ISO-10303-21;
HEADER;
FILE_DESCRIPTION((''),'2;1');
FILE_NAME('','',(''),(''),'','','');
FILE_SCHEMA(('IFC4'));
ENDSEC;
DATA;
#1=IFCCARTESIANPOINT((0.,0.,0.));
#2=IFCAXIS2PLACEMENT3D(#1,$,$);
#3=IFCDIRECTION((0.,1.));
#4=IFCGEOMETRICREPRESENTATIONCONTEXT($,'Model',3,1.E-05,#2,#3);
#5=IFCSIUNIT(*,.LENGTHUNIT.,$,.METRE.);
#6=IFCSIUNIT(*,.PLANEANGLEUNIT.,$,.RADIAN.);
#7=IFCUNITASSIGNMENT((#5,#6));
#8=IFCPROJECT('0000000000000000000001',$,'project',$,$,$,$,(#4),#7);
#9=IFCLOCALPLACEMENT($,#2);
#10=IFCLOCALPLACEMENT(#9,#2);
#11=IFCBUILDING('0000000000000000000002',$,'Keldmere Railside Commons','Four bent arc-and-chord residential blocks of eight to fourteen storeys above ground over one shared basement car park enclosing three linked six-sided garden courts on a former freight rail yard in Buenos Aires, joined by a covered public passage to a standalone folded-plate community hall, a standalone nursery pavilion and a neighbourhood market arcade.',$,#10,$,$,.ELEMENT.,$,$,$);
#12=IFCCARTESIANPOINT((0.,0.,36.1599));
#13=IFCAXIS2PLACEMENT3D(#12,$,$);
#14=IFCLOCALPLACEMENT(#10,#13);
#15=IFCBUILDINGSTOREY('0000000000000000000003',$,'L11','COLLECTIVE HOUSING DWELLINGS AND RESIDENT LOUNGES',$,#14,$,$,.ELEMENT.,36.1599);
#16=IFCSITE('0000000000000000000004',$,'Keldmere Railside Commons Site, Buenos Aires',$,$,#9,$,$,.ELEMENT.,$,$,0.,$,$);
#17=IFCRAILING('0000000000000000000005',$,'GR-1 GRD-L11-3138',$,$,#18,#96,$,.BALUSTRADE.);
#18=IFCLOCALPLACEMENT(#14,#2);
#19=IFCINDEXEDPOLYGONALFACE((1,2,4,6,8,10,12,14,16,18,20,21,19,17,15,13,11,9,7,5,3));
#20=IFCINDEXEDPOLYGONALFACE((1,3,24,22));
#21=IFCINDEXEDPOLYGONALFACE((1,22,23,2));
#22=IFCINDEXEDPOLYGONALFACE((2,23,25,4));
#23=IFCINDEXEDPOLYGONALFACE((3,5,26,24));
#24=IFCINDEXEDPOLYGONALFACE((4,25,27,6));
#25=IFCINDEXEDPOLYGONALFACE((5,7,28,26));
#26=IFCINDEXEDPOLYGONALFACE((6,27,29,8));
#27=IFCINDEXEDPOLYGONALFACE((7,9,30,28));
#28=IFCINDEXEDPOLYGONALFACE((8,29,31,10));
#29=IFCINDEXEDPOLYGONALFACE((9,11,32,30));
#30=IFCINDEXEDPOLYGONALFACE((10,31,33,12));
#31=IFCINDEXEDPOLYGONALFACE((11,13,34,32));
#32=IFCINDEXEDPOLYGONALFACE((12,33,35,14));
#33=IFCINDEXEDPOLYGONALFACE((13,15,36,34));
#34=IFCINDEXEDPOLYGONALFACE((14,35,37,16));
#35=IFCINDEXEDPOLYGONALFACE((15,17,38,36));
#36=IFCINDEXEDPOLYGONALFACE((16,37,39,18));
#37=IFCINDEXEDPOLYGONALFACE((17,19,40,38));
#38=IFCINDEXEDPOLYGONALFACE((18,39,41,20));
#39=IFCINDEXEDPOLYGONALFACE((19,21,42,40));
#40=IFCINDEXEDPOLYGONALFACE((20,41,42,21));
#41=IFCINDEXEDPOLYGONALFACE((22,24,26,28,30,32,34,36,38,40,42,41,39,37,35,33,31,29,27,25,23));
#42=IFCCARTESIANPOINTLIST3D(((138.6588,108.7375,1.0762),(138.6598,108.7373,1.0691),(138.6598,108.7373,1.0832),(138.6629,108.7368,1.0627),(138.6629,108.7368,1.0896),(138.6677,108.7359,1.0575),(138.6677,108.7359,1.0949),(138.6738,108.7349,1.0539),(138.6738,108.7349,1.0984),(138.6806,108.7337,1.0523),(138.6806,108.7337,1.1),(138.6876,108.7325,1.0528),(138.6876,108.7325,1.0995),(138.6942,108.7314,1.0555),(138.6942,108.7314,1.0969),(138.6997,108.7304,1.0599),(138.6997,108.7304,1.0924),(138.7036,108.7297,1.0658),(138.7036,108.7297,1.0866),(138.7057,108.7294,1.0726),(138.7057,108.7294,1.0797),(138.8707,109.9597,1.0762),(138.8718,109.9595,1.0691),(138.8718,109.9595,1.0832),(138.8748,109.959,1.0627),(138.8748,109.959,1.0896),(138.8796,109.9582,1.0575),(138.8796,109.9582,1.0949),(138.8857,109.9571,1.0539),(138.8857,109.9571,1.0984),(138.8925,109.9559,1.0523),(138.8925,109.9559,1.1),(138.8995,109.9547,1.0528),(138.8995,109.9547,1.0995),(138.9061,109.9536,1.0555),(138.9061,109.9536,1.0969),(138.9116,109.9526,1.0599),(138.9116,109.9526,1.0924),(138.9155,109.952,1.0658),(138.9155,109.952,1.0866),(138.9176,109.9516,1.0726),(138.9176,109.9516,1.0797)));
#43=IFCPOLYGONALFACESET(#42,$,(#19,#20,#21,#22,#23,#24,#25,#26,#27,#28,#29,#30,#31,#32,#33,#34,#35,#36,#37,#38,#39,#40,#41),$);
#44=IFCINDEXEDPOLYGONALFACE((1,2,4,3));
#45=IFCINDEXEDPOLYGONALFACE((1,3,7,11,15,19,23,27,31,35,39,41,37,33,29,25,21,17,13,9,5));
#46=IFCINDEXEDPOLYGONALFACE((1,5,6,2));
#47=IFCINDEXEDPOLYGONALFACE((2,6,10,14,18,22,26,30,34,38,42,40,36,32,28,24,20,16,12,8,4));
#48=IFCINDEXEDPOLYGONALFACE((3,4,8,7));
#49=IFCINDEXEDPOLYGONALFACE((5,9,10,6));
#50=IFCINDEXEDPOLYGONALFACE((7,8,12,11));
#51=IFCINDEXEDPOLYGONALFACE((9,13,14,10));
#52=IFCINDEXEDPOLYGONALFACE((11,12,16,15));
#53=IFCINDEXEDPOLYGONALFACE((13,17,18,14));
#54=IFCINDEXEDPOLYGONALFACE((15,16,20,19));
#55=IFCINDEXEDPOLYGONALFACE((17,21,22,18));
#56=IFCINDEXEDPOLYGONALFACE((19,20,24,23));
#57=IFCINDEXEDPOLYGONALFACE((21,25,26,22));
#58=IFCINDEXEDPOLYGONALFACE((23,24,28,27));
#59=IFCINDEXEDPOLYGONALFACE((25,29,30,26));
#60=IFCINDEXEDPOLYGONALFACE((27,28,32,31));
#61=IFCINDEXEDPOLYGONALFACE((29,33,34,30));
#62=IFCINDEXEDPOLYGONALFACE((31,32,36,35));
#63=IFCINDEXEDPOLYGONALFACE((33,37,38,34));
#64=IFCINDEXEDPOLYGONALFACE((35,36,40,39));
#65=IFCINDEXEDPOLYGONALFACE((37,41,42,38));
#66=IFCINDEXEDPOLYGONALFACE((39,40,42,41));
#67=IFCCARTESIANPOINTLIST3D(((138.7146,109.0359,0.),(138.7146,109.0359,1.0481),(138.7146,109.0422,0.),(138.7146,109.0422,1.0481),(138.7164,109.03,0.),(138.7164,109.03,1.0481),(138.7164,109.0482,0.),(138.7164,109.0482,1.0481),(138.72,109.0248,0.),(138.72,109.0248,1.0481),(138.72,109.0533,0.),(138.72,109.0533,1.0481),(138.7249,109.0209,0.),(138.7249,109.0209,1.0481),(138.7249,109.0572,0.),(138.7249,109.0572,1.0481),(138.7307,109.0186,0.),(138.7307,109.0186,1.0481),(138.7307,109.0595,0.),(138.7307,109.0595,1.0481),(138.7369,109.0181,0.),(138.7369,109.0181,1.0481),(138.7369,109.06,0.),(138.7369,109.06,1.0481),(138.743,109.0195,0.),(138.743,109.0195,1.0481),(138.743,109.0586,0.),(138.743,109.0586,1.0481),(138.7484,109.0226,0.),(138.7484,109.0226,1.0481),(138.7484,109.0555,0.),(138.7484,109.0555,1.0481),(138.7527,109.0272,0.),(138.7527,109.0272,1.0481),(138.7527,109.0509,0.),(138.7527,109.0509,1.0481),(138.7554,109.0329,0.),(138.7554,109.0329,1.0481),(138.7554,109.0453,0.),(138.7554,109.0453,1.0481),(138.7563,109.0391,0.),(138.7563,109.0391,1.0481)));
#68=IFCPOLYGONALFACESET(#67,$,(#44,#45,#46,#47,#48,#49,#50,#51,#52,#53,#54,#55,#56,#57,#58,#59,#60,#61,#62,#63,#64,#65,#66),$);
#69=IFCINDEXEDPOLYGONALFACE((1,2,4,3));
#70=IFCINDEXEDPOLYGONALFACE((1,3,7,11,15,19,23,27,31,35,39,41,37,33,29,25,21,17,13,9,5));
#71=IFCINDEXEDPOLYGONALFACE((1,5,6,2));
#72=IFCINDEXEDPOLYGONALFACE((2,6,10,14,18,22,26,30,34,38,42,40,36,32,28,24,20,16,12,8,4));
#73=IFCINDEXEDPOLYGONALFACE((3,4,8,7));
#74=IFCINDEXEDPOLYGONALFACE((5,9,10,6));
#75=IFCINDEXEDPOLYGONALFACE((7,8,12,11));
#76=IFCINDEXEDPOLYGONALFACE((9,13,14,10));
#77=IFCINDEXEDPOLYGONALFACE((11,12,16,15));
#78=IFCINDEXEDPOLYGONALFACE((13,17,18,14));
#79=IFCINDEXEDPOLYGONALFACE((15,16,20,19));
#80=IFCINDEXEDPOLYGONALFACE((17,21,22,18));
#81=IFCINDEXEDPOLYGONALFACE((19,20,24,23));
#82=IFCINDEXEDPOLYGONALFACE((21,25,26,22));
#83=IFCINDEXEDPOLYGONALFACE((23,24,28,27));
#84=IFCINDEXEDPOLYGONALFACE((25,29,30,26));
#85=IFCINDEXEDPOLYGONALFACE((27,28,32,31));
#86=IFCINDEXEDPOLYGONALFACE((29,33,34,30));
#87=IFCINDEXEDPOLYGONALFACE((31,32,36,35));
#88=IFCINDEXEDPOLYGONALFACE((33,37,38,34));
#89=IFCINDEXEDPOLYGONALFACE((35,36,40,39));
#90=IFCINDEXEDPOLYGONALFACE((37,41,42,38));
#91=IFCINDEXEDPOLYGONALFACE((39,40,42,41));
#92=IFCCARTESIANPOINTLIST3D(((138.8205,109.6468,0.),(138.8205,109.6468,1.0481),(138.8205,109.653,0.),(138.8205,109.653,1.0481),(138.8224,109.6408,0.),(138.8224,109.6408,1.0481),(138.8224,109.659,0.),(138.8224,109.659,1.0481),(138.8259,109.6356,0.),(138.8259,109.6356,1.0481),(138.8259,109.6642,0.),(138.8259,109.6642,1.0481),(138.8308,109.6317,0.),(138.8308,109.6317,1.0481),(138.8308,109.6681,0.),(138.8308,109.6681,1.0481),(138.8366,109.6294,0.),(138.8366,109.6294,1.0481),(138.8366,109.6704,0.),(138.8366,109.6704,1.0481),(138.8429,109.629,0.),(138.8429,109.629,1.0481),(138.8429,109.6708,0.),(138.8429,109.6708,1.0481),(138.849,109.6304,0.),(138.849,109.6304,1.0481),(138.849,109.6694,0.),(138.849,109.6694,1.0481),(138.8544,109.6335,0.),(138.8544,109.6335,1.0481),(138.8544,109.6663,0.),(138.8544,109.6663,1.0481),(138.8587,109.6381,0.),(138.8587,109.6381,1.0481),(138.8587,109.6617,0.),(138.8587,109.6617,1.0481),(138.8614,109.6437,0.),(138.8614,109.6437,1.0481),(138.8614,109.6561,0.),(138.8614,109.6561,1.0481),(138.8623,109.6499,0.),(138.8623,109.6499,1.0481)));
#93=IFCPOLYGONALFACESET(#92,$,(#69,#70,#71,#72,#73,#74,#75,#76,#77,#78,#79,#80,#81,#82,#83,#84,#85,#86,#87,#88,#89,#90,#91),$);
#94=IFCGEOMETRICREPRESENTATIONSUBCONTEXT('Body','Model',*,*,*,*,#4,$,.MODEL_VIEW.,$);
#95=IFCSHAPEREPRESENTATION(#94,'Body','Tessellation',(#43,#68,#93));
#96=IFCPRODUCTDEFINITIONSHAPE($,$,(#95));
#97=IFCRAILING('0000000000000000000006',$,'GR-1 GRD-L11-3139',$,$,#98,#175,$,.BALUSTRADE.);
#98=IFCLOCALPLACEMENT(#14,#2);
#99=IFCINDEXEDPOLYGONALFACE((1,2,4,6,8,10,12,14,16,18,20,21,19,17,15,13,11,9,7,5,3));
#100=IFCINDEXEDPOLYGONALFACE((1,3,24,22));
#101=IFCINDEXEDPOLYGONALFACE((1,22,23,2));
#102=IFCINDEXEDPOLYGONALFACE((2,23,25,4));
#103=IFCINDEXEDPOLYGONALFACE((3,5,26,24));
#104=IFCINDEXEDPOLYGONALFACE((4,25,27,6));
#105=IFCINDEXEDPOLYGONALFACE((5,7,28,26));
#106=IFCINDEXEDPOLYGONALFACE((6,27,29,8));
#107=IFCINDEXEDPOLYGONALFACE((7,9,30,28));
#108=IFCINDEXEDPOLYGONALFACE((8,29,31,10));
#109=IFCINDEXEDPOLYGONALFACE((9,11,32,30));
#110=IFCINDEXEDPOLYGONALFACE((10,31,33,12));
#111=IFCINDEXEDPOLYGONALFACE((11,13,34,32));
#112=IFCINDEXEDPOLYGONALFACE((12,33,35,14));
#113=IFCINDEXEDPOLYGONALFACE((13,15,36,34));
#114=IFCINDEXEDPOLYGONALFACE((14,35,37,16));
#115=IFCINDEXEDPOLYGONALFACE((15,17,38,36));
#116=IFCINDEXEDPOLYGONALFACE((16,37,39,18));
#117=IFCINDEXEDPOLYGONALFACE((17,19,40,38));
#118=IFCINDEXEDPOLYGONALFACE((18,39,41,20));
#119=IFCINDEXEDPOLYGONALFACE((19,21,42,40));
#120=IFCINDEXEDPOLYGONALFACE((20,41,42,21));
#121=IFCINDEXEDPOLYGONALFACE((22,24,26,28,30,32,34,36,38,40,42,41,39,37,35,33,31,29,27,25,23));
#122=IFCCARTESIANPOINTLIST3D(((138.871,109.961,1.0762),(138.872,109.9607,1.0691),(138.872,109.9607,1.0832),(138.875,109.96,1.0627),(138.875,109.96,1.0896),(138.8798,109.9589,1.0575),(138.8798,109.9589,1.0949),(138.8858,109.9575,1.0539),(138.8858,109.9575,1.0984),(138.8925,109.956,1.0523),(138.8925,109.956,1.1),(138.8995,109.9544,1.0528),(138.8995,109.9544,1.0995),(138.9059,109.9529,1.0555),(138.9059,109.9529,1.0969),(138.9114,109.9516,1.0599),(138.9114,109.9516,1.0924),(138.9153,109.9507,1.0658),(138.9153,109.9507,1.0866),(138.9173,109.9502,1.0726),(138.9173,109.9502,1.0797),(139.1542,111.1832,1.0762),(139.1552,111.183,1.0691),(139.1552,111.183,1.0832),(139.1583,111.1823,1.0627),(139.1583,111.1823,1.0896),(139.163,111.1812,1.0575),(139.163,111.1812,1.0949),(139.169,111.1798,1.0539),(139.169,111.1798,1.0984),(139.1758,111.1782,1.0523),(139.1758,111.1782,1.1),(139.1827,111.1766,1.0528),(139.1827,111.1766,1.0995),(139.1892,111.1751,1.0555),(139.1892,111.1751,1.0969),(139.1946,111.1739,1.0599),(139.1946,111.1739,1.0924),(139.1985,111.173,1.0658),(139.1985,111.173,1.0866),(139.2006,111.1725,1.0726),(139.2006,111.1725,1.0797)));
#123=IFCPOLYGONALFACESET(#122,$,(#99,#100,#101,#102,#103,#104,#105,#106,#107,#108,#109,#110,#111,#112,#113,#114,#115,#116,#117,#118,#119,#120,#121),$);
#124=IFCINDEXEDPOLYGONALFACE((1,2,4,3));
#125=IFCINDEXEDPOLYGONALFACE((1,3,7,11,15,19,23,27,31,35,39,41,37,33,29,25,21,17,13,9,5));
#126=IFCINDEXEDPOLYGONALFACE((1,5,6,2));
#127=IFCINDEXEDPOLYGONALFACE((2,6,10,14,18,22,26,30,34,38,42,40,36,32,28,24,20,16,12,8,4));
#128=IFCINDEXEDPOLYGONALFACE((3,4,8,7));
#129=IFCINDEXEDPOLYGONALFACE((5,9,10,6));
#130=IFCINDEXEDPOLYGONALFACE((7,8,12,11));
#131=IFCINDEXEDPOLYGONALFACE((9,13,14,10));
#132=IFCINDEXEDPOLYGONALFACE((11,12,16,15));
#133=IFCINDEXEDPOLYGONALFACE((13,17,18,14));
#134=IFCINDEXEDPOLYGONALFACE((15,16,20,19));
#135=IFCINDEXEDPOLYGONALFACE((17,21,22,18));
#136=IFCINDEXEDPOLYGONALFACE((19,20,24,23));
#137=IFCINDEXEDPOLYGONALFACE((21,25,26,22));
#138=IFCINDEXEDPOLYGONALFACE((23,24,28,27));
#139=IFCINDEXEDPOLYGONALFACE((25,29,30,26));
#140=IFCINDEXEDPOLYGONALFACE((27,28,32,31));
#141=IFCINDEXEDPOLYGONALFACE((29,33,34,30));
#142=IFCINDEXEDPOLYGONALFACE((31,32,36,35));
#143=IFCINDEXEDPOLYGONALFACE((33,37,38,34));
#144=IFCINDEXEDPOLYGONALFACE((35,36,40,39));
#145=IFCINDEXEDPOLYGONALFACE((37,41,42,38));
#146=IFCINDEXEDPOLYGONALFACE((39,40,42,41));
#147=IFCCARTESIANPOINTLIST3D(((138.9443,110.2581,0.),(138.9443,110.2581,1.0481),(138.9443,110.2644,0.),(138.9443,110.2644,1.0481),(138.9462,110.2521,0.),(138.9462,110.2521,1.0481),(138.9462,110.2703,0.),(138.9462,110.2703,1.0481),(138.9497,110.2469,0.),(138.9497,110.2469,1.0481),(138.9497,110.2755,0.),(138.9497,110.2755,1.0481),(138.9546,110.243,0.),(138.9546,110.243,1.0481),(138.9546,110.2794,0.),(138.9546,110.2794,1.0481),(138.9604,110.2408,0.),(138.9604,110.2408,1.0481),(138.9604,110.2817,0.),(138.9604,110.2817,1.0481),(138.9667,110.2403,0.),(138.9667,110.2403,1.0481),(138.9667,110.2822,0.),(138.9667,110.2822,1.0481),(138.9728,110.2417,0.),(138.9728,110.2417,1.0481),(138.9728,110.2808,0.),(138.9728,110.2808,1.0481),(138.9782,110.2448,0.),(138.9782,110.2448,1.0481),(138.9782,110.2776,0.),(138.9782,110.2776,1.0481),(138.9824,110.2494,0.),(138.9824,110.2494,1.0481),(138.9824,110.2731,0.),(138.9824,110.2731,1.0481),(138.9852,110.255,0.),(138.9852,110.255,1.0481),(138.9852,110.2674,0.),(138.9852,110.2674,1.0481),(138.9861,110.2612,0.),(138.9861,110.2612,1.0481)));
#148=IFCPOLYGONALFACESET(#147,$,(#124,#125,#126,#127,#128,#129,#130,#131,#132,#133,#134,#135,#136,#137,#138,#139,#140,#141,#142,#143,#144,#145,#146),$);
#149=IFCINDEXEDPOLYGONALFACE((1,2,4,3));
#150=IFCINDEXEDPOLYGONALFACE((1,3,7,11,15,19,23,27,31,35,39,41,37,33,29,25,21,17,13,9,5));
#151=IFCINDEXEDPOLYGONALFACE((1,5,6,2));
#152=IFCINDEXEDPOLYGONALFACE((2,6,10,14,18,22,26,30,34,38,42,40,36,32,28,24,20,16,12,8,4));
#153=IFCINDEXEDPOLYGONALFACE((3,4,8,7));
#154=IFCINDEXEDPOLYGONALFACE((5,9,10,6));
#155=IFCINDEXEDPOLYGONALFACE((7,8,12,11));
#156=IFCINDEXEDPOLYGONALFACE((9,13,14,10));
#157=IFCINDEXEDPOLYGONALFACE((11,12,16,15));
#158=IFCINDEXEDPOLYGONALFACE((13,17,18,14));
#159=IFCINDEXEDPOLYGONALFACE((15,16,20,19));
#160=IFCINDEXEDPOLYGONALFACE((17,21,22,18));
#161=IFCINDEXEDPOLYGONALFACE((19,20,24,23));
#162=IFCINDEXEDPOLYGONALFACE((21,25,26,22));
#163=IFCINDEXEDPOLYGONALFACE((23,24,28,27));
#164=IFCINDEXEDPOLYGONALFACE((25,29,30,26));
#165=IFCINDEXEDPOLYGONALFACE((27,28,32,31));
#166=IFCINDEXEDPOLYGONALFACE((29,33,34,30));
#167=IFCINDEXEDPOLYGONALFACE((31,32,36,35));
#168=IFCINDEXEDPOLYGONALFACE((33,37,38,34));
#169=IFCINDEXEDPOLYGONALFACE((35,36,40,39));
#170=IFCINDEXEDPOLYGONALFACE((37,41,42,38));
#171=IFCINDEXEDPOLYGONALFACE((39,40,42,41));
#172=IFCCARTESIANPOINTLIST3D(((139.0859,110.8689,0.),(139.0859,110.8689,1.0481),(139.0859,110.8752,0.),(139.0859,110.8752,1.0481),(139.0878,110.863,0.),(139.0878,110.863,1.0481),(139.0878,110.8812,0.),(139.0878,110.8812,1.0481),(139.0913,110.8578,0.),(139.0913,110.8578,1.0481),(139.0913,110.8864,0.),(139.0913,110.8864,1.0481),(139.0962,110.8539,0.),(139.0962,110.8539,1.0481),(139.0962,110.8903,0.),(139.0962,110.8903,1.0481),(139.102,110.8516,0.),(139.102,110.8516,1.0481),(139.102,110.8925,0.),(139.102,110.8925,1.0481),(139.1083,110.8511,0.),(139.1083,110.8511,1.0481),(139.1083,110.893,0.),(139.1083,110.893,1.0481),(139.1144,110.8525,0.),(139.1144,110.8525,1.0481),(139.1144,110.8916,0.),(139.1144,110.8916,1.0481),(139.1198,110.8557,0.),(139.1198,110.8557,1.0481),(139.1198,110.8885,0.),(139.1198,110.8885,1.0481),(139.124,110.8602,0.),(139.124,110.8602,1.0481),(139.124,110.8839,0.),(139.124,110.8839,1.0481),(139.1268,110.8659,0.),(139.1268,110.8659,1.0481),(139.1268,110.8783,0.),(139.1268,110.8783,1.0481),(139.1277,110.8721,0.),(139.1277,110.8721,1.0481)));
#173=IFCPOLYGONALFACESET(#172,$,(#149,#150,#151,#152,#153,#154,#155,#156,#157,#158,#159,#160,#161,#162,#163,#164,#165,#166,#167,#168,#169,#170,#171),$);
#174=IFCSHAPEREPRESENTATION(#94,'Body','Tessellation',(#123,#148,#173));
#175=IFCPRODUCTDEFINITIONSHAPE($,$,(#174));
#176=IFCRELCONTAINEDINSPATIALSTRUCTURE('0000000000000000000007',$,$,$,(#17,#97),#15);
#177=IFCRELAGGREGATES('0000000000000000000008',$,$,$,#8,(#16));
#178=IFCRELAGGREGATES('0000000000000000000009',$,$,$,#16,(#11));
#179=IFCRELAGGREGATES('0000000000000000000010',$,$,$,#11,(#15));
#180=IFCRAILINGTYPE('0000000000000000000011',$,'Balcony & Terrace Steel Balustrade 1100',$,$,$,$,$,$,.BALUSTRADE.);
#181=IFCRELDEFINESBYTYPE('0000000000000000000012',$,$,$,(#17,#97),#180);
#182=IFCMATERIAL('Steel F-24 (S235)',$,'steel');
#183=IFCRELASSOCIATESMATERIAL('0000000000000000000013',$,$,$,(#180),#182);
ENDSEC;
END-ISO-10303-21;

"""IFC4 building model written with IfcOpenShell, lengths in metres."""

from ifc_helpers import new_model, si_unit, direction, frame, origin, origin_2d, place, context, subcontext, project, spatial, circle, extrude, material, type_object, element, save


model = new_model("IFC4")

# Units and contexts
model_context = context("Model", 3, precision=1e-05, world=origin(), true_north=direction((0.0, 1.0)))
body_context = subcontext(model_context, "Body", "Model", "MODEL_VIEW")
ifc_project = project(units=[si_unit("LENGTHUNIT", "METRE"), si_unit("PLANEANGLEUNIT", "RADIAN")], contexts=[model_context])

# Site, building, storey
site_placement = place(None, origin())
site = spatial("IfcSite", under=ifc_project, at=site_placement, Name="Keldmere Railside Commons Site, Buenos Aires", CompositionType="ELEMENT", RefElevation=0.0)
building_placement = place(site_placement, origin())
building = spatial("IfcBuilding", under=site, at=building_placement, Name="Keldmere Railside Commons", Description="Four bent arc-and-chord residential blocks of eight to fourteen storeys above ground over one shared basement car park enclosing three linked six-sided garden courts on a former freight rail yard in Buenos Aires, joined by a covered public passage to a standalone folded-plate community hall, a standalone nursery pavilion and a neighbourhood market arcade.", CompositionType="ELEMENT")
storey_placement = place(building_placement, frame((0.0, 0.0, 36.1599)))
storey = spatial("IfcBuildingStorey", under=building, at=storey_placement, Name="L11", Description="COLLECTIVE HOUSING DWELLINGS AND RESIDENT LOUNGES", CompositionType="ELEMENT", Elevation=36.1599)

# Railings
ifc_material_1 = material(Name="Steel F-24 (S235)", Category="steel")
railing_type = type_object("IfcRailingType", Name="Balcony & Terrace Steel Balustrade 1100", PredefinedType="BALUSTRADE", material=ifc_material_1)
railing_1_placement = place(storey_placement, frame((138.6824, 108.7334, 0.0)))
element("IfcRailing", 1, at=railing_1_placement, inside=storey, type_object=railing_type, Name="GR-1 GRD-L11-3138", PredefinedType="BALUSTRADE", context=body_context, shape_type="SweptSolid", body=[
    extrude(circle(Radius=0.0239, at=origin_2d()), frame((0.0, 0.0, 1.0762), z_axis=(0.170843, 0.985298, 0.0), x_axis=(-0.985298, 0.170843, 0.0)), (0.0, 0.0, 1.0), 1.2405),
    extrude(circle(Radius=0.021, at=origin_2d()), frame((0.053, 0.3057, 0.0)), (0.0, 0.0, 1.0), 1.0481),
    extrude(circle(Radius=0.021, at=origin_2d()), frame((0.1589, 0.9165, 0.0)), (0.0, 0.0, 1.0), 1.0481),
])
railing_2_placement = place(storey_placement, frame((138.8943, 109.9556, 0.0)))
element("IfcRailing", 2, at=railing_2_placement, inside=storey, type_object=railing_type, Name="GR-1 GRD-L11-3139", PredefinedType="BALUSTRADE", context=body_context, shape_type="SweptSolid", body=[
    extrude(circle(Radius=0.0239, at=origin_2d()), frame((0.0, 0.0, 1.0762), z_axis=(0.225741, 0.974187, 0.0), x_axis=(-0.974187, 0.225741, 0.0)), (0.0, 0.0, 1.0), 1.2546),
    extrude(circle(Radius=0.021, at=origin_2d()), frame((0.0708, 0.3057, 0.0)), (0.0, 0.0, 1.0), 1.0481),
    extrude(circle(Radius=0.021, at=origin_2d()), frame((0.2124, 0.9165, 0.0)), (0.0, 0.0, 1.0), 1.0481),
])

save(model, "model.ifc")
